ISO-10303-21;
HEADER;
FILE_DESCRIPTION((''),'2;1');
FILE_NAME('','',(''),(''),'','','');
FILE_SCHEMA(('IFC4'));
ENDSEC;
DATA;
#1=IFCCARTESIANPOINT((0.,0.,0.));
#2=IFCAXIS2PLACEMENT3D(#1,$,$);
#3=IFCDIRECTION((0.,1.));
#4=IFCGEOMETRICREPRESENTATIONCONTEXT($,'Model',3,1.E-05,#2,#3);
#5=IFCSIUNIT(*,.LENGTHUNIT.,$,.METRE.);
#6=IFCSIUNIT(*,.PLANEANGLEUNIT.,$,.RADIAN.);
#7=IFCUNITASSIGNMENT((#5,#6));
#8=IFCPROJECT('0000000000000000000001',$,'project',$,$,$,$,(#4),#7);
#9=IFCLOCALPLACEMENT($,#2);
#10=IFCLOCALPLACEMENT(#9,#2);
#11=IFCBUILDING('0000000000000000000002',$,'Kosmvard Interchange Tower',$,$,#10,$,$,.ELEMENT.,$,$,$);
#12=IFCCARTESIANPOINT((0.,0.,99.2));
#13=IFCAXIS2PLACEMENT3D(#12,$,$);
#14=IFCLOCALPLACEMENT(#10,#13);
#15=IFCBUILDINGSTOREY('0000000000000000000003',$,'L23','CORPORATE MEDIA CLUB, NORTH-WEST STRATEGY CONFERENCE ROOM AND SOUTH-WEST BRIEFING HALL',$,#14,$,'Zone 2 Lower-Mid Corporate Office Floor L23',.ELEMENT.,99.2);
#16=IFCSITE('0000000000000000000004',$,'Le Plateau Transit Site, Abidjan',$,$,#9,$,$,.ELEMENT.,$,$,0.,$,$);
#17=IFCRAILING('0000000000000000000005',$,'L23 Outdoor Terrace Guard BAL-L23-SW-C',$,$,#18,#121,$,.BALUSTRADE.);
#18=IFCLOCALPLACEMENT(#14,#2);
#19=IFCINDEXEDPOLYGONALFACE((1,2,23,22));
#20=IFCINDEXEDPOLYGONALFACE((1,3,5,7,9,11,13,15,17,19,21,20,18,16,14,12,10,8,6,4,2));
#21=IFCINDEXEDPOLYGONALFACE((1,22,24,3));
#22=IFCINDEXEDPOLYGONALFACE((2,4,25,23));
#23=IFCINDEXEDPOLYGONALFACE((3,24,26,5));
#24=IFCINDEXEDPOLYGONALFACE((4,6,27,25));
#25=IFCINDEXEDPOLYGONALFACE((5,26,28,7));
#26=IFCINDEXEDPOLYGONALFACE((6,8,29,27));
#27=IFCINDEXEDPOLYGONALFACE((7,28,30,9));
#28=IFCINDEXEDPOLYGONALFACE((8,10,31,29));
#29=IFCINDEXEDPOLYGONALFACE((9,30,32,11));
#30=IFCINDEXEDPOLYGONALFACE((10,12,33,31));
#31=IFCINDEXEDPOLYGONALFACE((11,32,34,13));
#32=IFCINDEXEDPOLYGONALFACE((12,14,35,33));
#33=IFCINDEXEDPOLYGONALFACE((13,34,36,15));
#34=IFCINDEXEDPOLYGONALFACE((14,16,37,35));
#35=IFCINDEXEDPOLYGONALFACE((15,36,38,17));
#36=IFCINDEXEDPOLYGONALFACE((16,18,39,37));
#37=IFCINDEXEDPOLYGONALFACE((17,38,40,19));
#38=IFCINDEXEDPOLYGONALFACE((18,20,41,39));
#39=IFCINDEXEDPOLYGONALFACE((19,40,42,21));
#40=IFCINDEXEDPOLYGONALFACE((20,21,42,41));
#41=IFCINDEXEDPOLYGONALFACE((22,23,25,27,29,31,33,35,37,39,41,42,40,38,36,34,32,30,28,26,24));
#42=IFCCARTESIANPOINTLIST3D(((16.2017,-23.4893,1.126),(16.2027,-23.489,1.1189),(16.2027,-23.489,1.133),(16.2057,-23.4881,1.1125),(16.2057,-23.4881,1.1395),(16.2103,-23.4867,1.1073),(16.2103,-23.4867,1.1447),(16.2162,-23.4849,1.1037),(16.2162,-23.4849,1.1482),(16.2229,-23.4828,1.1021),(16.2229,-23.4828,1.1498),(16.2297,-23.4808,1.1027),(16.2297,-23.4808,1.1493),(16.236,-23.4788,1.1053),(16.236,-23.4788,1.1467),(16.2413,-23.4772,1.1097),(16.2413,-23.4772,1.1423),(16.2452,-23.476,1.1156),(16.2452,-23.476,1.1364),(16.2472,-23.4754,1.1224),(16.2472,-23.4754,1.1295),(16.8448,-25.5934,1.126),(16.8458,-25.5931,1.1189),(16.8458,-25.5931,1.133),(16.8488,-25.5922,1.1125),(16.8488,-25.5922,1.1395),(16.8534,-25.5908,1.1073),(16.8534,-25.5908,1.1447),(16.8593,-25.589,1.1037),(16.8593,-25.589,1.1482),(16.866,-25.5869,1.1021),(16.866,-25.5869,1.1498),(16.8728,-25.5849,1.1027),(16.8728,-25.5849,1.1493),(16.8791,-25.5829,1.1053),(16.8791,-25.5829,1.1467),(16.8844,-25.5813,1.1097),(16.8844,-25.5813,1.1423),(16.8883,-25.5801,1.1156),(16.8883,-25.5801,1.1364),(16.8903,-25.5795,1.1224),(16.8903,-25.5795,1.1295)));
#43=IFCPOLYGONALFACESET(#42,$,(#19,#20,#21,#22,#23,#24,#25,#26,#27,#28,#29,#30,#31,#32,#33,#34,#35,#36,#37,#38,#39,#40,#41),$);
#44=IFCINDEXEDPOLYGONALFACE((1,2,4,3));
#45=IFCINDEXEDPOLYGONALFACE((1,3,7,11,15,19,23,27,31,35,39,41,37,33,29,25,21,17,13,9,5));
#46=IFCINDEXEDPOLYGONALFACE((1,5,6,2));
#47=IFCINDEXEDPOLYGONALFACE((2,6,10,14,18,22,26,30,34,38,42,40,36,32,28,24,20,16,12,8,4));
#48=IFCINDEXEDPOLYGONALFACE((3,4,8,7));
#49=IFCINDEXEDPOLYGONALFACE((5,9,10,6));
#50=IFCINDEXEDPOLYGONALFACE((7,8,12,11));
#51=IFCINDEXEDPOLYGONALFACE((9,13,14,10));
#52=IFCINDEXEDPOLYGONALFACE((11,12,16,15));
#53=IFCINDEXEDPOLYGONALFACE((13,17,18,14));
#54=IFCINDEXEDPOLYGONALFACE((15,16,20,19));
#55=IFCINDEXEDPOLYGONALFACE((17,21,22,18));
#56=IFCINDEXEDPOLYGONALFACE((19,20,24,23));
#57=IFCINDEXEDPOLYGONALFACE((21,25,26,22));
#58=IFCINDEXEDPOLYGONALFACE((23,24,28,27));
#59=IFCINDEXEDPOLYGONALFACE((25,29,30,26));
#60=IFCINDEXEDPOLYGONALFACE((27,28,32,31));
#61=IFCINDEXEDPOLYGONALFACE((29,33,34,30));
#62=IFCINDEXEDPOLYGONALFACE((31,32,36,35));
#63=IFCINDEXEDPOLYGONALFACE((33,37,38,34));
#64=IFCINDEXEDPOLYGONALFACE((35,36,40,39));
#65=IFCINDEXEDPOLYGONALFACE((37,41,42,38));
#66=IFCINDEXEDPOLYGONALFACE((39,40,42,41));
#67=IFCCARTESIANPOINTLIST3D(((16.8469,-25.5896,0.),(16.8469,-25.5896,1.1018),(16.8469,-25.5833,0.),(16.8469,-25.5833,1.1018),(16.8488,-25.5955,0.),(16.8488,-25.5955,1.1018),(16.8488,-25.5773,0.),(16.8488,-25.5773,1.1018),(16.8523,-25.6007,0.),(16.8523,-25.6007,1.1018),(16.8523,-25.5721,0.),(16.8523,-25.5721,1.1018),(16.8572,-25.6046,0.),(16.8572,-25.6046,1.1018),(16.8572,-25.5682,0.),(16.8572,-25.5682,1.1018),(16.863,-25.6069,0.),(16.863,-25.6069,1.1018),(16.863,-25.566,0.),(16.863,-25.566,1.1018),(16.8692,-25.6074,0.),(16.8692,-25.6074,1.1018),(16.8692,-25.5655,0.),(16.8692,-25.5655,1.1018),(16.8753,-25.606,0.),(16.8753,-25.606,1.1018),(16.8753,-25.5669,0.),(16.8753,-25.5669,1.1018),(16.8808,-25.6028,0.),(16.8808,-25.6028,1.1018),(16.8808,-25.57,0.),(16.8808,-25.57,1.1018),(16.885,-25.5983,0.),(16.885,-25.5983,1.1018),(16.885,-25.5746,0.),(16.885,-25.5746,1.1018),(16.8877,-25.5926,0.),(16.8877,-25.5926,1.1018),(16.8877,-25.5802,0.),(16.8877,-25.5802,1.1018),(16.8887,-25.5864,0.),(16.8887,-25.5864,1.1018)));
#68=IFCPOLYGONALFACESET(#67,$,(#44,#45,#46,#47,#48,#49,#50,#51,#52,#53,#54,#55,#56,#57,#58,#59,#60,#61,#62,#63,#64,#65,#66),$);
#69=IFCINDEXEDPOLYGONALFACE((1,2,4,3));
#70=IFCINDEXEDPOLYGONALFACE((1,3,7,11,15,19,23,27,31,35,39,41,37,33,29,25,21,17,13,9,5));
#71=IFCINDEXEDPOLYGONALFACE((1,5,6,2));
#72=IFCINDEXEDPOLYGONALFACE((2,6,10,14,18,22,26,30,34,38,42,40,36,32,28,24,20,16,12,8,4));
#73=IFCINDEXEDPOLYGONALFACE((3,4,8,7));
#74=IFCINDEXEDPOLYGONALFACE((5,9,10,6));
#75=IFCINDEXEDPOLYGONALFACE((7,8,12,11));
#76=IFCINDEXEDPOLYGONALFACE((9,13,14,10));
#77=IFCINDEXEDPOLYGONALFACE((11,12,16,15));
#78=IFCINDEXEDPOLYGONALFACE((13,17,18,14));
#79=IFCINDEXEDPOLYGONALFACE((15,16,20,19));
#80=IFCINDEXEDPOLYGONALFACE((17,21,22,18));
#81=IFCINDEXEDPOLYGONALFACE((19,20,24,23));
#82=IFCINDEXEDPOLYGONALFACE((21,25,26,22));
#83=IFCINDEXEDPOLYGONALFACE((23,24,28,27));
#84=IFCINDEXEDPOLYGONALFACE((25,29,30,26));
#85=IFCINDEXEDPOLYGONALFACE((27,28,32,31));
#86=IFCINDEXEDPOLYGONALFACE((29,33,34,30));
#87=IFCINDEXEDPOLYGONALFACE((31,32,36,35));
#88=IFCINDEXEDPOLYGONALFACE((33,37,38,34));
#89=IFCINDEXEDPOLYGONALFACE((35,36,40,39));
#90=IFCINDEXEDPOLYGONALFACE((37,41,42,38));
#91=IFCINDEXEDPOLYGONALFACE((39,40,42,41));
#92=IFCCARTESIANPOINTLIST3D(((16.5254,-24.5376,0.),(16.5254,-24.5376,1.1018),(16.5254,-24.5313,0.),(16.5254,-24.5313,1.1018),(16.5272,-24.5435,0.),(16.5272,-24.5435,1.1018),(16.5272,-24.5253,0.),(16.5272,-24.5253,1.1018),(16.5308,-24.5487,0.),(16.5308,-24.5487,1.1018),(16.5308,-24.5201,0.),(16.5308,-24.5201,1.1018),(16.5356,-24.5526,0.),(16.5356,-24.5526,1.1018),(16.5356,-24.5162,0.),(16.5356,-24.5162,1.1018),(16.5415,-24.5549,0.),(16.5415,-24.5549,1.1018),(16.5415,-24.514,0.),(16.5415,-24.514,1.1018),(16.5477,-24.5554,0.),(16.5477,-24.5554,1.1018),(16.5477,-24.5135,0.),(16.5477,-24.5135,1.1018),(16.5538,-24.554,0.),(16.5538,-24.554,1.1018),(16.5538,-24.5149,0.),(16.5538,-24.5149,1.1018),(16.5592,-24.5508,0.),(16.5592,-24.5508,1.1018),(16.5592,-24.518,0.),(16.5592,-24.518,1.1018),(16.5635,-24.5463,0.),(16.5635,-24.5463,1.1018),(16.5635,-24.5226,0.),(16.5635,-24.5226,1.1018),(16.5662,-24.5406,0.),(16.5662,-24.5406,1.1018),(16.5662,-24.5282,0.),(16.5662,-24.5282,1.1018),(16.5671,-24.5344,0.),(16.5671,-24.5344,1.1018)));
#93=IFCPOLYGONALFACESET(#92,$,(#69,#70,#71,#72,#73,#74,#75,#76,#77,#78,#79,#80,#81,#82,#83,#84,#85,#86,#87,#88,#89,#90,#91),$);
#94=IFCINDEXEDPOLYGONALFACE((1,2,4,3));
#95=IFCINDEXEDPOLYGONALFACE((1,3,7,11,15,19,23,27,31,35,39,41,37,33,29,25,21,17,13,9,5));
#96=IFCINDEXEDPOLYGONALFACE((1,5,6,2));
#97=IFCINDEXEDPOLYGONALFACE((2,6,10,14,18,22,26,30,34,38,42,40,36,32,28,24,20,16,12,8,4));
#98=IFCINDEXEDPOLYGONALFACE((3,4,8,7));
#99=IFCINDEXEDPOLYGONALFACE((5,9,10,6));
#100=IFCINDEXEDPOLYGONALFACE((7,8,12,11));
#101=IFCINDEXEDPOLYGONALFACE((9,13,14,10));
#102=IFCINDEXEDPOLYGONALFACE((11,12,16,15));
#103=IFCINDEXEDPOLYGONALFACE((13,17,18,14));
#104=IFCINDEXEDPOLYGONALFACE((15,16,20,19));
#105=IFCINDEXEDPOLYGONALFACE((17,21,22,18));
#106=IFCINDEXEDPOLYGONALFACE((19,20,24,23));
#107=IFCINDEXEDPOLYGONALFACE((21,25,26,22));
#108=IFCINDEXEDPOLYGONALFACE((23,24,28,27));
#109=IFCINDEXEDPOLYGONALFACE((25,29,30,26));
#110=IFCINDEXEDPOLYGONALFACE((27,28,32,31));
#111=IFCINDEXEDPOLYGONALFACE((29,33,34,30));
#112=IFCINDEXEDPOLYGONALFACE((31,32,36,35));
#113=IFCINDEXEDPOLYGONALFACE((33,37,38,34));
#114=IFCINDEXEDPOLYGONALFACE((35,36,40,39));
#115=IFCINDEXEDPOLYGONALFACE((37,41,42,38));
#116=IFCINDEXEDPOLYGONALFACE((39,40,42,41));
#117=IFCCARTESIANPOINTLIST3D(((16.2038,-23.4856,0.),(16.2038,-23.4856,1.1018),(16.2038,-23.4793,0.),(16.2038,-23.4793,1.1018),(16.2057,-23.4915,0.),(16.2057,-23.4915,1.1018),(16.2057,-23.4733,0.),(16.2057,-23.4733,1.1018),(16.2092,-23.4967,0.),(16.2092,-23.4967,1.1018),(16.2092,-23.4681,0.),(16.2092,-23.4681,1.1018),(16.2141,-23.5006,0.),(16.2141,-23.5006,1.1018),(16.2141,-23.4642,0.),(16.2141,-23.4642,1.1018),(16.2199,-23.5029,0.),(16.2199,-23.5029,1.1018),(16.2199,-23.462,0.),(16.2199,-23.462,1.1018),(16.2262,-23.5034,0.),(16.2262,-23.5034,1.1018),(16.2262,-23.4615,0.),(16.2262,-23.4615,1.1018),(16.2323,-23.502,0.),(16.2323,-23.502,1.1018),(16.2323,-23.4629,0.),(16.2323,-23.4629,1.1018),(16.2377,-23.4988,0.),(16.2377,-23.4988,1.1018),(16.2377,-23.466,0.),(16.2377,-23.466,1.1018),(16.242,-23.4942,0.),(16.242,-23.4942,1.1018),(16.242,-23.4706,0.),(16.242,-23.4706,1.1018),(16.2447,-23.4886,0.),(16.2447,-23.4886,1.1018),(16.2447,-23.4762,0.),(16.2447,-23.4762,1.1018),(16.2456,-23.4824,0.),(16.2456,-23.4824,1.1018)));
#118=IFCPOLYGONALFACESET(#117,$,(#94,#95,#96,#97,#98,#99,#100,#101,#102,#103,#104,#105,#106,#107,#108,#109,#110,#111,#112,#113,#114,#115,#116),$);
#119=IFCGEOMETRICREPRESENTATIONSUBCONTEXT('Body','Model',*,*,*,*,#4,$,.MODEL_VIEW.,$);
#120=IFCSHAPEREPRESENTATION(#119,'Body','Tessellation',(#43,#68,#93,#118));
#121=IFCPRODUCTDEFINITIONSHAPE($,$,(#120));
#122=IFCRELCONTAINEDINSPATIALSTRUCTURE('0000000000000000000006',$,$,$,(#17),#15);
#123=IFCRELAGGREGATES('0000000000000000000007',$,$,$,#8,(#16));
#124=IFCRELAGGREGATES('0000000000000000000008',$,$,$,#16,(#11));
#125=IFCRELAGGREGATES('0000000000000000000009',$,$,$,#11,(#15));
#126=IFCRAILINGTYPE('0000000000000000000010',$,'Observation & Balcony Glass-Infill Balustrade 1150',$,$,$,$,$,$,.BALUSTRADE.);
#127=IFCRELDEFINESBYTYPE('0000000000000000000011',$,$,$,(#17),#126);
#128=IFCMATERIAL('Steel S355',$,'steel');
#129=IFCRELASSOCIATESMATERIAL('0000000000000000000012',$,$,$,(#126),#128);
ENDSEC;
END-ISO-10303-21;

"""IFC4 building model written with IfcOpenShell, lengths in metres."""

from ifc_helpers import new_model, si_unit, direction, frame, origin, origin_2d, place, context, subcontext, project, spatial, circle, extrude, source, transform, mapped, material, type_object, element, save


model = new_model("IFC4")

# Units and contexts
model_context = context("Model", 3, precision=1e-05, world=origin(), true_north=direction((0.0, 1.0)))
body_context = subcontext(model_context, "Body", "Model", "MODEL_VIEW")
ifc_project = project(units=[si_unit("LENGTHUNIT", "METRE"), si_unit("PLANEANGLEUNIT", "RADIAN")], contexts=[model_context])

# Site, building, storey
site_placement = place(None, origin())
site = spatial("IfcSite", under=ifc_project, at=site_placement, Name="Le Plateau Transit Site, Abidjan", CompositionType="ELEMENT", RefElevation=0.0)
building_placement = place(site_placement, origin())
building = spatial("IfcBuilding", under=site, at=building_placement, Name="Kosmvard Interchange Tower", CompositionType="ELEMENT")
storey_placement = place(building_placement, frame((0.0, 0.0, 99.2)))
storey = spatial("IfcBuildingStorey", under=building, at=storey_placement, Name="L23", Description="CORPORATE MEDIA CLUB, NORTH-WEST STRATEGY CONFERENCE ROOM AND SOUTH-WEST BRIEFING HALL", LongName="Zone 2 Lower-Mid Corporate Office Floor L23", CompositionType="ELEMENT", Elevation=99.2)

# Shared definitions
ifc_material_1 = material(Name="Steel S355", Category="steel")

# Railing
railing_type = type_object("IfcRailingType", Name="Observation & Balcony Glass-Infill Balustrade 1150", PredefinedType="BALUSTRADE", material=ifc_material_1)
shared_shape_1 = source(origin(), body_context, "Body", "SweptSolid", [
    extrude(circle(Radius=0.0239, at=origin_2d()), frame((0.0, 0.0, 1.126), z_axis=(-0.292292, 0.956329, 0.0), x_axis=(-0.956329, -0.292292, 0.0)), (0.0, 0.0, 1.0), 2.2002),
    extrude(circle(Radius=0.021, at=origin_2d()), origin(), (0.0, 0.0, 1.0), 1.1018),
    extrude(circle(Radius=0.021, at=origin_2d()), frame((-0.3215, 1.052, 0.0)), (0.0, 0.0, 1.0), 1.1018),
    extrude(circle(Radius=0.021, at=origin_2d()), frame((-0.6431, 2.104, 0.0)), (0.0, 0.0, 1.0), 1.1018),
])
railing_placement = place(storey_placement, frame((16.8677, -25.5864, 0.0)))
element("IfcRailing", 1, at=railing_placement, inside=storey, type_object=railing_type, Name="L23 Outdoor Terrace Guard BAL-L23-SW-C", PredefinedType="BALUSTRADE", context=body_context, shape_type="MappedRepresentation", body=[
    mapped(shared_shape_1, transform((0.0, 0.0, 0.0), scale=1.0)),
])

save(model, "model.ifc")
